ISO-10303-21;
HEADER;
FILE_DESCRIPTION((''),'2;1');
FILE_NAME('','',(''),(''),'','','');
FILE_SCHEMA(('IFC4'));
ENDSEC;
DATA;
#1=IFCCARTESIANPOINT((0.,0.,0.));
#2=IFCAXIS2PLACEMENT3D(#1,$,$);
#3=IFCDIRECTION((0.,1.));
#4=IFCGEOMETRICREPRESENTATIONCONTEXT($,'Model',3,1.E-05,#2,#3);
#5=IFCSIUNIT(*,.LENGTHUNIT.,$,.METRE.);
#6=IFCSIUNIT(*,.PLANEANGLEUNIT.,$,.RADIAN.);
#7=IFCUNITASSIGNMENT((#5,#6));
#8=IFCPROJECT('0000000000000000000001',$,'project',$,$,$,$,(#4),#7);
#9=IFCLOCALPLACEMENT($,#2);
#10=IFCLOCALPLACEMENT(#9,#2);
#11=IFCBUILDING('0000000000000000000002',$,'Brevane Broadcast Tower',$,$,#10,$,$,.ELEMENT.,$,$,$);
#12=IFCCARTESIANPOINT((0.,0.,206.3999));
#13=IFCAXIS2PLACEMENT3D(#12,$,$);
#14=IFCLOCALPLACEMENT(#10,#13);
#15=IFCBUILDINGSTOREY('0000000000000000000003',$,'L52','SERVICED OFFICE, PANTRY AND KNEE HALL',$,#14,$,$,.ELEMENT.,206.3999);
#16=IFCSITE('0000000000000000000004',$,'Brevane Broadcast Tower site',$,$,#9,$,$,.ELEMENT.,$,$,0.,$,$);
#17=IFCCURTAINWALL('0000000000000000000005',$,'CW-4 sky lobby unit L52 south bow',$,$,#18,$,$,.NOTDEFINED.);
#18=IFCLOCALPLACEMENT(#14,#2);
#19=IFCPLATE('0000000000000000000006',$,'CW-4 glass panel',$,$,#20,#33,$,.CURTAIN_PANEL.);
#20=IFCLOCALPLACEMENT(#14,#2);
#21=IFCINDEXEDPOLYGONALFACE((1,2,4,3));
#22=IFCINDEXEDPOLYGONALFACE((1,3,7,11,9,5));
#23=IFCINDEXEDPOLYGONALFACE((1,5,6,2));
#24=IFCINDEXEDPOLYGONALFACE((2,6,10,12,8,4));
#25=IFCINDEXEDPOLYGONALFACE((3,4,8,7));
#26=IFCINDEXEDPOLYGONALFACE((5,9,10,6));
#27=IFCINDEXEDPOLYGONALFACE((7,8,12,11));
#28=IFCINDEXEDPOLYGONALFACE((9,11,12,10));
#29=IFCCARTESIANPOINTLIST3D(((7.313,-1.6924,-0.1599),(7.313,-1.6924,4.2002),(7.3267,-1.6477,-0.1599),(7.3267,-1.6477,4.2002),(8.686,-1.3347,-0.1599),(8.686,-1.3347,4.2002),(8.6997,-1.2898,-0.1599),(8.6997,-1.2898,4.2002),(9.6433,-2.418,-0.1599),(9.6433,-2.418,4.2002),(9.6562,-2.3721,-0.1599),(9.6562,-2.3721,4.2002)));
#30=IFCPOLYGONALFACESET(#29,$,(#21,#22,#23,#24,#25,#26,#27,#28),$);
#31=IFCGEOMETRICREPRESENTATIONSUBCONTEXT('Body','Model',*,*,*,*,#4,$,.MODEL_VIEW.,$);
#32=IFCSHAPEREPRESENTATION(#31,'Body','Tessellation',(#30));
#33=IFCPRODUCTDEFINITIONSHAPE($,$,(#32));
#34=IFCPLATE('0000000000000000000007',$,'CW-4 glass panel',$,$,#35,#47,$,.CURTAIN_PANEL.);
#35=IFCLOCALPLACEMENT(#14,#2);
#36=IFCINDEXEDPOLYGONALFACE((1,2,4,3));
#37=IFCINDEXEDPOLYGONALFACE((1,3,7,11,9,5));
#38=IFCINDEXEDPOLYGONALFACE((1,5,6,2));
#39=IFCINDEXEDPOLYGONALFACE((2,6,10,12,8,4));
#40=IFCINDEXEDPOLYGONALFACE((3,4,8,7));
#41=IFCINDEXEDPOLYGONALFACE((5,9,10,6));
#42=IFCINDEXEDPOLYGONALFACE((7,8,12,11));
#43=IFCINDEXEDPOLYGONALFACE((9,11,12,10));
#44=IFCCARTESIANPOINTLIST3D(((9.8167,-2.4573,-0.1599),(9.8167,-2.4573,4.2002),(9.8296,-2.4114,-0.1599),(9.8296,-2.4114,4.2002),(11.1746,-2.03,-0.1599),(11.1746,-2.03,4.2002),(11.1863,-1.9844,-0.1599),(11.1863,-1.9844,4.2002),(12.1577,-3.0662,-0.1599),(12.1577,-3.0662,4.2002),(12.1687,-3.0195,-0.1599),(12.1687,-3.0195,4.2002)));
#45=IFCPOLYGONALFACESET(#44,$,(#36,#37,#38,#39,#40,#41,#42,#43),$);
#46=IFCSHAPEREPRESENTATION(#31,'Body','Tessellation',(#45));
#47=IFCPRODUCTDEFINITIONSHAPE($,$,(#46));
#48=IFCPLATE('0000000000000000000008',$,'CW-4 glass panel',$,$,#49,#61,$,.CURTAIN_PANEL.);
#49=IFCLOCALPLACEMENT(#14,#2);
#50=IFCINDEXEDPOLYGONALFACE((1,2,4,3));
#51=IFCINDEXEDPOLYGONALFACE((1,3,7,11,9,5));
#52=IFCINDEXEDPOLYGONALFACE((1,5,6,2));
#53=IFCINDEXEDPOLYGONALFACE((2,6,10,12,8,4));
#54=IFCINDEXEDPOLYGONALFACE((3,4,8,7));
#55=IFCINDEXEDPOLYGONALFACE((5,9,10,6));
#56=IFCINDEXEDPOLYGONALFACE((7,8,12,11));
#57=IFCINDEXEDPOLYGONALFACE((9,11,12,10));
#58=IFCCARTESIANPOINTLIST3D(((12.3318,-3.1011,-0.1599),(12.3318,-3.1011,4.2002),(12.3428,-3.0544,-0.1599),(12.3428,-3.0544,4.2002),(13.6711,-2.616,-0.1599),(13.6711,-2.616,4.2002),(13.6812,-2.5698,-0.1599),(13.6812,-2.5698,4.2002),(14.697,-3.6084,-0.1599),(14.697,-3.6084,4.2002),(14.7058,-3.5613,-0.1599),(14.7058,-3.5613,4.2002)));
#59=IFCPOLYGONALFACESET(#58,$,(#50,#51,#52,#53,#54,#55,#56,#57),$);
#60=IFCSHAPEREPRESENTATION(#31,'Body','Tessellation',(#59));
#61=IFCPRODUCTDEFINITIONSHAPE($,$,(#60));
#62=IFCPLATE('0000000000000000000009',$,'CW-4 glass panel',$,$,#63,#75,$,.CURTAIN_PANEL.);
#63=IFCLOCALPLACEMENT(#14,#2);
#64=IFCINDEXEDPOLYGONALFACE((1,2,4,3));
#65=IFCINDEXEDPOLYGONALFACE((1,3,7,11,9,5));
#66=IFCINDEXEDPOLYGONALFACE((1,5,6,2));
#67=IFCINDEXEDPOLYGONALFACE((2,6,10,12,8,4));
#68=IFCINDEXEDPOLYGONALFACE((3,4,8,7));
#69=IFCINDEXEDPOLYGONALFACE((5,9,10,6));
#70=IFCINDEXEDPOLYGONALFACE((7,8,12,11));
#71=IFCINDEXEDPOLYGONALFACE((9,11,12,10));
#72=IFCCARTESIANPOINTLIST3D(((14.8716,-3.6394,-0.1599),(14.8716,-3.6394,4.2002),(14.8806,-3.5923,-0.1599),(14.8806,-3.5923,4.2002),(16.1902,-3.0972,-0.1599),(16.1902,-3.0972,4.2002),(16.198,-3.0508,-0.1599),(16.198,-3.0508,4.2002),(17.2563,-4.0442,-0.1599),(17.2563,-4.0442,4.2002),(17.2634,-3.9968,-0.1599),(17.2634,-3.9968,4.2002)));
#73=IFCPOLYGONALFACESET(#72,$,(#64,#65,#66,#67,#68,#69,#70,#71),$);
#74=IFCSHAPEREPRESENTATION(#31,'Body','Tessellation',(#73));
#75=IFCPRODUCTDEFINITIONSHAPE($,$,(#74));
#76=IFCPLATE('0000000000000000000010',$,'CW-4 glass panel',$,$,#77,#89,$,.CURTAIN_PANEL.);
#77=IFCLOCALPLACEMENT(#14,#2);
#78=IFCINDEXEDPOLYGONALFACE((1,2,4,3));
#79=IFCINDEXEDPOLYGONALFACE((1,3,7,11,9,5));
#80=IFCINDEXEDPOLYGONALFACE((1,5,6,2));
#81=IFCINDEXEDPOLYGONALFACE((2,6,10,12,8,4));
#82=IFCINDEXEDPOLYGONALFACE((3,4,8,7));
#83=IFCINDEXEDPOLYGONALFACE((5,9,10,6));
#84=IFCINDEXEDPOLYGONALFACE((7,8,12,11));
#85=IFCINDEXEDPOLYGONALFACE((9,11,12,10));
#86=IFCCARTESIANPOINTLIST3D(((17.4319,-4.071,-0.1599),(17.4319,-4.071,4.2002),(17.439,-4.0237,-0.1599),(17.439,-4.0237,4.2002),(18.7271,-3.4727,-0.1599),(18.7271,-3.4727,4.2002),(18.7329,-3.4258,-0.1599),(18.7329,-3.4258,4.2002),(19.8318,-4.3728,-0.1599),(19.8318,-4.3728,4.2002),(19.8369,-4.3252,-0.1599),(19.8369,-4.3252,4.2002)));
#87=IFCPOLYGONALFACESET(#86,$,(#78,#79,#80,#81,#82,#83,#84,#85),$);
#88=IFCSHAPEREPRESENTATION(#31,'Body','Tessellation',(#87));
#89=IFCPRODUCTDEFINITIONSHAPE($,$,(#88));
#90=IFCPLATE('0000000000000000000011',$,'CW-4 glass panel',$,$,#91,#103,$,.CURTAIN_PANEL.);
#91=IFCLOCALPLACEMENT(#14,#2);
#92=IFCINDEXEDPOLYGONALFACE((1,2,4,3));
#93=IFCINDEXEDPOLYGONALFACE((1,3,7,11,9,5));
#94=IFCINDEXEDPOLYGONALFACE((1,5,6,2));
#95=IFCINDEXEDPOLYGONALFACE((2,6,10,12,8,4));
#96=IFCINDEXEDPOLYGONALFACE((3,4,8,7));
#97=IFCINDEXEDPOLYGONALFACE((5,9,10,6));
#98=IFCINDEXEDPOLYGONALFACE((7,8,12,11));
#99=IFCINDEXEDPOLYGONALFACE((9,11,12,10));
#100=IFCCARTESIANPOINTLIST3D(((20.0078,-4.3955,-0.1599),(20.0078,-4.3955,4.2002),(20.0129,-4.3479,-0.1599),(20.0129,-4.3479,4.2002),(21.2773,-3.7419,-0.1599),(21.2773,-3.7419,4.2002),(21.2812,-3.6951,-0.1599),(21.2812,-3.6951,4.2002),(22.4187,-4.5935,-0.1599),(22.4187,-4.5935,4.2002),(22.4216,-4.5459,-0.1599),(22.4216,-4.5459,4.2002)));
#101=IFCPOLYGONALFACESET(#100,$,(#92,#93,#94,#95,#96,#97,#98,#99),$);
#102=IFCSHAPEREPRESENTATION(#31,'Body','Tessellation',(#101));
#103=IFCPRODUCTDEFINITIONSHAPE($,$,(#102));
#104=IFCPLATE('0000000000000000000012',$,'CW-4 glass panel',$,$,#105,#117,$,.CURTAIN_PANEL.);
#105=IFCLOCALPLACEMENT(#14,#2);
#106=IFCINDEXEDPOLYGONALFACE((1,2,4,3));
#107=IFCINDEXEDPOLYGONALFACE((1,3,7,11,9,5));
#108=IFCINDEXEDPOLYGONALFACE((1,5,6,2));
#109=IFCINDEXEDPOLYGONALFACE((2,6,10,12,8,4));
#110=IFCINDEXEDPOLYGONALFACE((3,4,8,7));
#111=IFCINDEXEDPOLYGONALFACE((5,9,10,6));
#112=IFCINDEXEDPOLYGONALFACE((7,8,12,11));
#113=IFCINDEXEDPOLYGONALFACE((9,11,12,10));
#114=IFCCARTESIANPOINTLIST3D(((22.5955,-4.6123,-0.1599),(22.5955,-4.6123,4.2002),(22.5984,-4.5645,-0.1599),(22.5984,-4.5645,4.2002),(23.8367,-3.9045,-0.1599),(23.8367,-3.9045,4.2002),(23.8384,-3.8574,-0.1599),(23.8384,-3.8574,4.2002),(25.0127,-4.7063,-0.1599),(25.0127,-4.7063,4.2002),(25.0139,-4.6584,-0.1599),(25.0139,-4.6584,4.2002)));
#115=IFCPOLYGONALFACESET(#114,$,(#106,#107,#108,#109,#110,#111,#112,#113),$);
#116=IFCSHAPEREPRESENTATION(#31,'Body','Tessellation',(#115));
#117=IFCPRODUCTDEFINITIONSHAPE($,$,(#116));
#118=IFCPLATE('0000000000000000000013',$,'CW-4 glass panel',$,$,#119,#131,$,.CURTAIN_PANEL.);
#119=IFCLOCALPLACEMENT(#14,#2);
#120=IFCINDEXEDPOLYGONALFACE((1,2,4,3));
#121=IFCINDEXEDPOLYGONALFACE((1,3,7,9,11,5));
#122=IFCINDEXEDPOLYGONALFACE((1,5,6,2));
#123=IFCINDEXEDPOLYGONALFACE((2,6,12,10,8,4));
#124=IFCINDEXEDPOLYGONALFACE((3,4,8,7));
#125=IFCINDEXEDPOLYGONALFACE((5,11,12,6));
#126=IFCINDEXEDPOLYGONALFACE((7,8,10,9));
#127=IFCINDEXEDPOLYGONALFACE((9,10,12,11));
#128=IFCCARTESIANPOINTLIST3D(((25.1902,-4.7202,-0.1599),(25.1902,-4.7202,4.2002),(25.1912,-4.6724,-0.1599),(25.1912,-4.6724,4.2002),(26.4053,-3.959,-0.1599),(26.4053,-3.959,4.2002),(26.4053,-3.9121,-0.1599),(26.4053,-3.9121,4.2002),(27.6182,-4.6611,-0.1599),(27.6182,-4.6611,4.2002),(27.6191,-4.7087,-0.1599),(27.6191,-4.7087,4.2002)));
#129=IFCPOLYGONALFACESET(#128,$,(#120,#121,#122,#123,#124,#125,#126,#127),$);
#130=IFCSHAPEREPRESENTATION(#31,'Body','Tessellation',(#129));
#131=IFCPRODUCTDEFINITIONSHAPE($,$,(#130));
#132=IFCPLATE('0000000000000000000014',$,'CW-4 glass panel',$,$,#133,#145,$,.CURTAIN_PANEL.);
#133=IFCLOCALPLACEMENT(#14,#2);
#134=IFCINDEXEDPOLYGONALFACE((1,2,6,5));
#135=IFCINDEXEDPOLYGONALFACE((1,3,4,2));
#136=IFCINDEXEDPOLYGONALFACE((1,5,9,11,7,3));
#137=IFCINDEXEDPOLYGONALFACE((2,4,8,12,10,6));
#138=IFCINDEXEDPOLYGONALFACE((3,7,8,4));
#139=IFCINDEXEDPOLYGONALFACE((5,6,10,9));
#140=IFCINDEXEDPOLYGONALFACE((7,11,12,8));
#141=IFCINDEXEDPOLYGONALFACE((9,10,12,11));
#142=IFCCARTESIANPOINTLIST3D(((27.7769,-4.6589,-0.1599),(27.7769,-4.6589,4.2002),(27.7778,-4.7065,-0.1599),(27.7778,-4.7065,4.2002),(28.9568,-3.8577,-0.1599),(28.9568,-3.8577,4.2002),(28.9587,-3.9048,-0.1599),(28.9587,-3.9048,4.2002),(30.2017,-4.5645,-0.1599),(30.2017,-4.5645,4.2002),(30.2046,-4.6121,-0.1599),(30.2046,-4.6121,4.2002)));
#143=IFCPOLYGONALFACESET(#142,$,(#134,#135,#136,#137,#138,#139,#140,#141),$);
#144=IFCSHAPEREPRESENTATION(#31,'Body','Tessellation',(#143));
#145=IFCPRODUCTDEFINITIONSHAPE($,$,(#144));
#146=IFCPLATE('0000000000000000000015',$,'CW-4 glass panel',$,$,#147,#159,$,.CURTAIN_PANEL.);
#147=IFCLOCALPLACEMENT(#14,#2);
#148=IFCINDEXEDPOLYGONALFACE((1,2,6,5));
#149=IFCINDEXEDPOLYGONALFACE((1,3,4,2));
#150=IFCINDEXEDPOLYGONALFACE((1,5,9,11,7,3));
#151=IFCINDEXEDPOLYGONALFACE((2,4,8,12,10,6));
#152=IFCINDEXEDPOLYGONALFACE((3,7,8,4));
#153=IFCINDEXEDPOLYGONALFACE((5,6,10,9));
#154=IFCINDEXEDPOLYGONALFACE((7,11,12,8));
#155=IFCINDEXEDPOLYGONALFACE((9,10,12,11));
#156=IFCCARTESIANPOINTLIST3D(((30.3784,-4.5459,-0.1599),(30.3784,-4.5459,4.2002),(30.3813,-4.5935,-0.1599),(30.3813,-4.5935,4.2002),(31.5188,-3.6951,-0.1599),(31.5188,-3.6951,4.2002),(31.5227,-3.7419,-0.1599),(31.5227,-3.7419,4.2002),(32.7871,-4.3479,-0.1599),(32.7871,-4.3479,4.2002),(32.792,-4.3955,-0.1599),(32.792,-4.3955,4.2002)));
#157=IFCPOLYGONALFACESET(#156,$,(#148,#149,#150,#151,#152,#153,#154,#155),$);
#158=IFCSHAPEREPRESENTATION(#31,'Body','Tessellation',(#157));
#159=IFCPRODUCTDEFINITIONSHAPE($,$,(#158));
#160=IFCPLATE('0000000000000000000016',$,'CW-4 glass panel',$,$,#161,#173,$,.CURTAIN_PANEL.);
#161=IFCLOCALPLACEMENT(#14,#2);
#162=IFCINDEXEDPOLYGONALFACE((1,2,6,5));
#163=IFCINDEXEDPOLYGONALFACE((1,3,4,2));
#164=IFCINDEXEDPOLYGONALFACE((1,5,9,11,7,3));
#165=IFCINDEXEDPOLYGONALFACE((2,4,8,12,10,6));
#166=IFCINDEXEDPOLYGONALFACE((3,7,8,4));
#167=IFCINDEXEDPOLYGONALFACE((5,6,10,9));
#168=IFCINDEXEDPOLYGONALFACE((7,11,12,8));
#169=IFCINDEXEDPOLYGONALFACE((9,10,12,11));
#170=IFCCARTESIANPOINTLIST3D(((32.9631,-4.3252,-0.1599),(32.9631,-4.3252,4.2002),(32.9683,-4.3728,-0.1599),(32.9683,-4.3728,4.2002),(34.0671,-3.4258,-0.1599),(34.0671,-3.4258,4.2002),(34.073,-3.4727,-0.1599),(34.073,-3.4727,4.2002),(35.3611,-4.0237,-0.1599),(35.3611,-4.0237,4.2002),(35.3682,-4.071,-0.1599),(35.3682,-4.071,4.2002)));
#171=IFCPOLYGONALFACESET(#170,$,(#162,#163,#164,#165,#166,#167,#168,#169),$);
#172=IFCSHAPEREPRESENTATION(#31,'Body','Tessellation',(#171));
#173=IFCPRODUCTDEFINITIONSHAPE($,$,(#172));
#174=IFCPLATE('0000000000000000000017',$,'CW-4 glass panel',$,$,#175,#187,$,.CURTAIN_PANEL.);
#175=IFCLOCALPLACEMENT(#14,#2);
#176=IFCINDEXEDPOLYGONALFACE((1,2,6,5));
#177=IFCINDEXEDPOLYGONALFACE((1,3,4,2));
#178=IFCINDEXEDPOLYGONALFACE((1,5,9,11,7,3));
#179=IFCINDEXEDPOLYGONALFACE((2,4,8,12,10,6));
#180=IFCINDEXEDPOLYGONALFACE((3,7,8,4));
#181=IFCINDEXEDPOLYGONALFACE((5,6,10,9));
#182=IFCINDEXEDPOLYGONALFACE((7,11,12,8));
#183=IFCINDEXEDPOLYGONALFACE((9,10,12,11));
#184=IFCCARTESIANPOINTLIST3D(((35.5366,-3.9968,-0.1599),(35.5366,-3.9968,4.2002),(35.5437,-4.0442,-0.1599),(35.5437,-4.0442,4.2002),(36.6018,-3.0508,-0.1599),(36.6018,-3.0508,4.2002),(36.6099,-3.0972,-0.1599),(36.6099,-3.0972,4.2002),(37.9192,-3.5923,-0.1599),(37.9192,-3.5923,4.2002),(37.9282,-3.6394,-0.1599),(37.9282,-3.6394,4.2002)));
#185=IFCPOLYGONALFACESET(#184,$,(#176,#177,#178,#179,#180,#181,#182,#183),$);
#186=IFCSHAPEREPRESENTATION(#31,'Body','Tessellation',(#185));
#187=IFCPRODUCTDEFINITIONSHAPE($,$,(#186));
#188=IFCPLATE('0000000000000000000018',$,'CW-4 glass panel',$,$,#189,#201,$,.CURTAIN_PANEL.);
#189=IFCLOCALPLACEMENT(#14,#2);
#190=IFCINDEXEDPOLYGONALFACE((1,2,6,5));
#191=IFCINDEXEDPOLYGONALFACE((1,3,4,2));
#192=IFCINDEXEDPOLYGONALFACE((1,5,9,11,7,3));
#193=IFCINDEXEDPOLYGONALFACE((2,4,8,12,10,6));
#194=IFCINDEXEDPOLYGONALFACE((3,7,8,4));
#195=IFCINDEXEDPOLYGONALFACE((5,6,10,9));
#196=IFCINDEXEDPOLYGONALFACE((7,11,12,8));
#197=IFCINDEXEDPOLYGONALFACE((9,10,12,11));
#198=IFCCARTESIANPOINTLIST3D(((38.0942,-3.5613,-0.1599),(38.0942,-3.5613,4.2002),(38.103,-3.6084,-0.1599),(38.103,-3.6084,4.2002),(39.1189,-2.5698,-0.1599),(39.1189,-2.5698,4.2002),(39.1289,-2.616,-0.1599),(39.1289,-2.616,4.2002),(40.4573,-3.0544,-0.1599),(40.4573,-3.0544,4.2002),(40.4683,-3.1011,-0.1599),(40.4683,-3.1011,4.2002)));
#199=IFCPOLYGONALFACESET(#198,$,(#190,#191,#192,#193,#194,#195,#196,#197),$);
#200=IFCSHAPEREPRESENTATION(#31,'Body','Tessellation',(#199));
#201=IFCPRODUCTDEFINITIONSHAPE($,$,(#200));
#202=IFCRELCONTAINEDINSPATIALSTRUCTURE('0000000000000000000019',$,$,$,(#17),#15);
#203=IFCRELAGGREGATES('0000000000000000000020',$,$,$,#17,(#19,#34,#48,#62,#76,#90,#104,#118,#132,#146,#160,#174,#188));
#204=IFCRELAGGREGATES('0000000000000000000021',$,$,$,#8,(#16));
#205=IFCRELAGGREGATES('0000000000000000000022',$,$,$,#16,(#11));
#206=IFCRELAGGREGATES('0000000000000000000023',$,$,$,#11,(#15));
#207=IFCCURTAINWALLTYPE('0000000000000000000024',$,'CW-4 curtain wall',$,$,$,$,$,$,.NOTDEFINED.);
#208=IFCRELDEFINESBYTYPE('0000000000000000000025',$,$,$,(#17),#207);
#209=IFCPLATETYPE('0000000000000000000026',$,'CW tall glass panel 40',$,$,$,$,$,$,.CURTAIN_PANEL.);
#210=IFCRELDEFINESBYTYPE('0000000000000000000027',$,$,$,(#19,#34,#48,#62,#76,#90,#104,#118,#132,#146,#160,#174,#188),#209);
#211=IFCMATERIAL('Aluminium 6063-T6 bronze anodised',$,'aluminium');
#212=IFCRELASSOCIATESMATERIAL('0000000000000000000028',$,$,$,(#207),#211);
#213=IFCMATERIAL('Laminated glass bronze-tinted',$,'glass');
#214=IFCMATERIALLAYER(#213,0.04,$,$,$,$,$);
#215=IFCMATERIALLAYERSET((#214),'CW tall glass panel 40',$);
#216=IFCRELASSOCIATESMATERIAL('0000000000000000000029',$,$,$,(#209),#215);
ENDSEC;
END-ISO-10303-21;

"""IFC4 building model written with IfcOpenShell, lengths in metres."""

from ifc_helpers import new_model, si_unit, direction, frame, origin, place, context, subcontext, project, spatial, polyline, outline, extrude, material, layer, layer_set, type_object, element, aggregate, save


model = new_model("IFC4")

# Units and contexts
model_context = context("Model", 3, precision=1e-05, world=origin(), true_north=direction((0.0, 1.0)))
body_context = subcontext(model_context, "Body", "Model", "MODEL_VIEW")
ifc_project = project(units=[si_unit("LENGTHUNIT", "METRE"), si_unit("PLANEANGLEUNIT", "RADIAN")], contexts=[model_context])

# Site, building, storey
site_placement = place(None, origin())
site = spatial("IfcSite", under=ifc_project, at=site_placement, Name="Brevane Broadcast Tower site", CompositionType="ELEMENT", RefElevation=0.0)
building_placement = place(site_placement, origin())
building = spatial("IfcBuilding", under=site, at=building_placement, Name="Brevane Broadcast Tower", CompositionType="ELEMENT")
storey_placement = place(building_placement, frame((0.0, 0.0, 206.3999)))
storey = spatial("IfcBuildingStorey", under=building, at=storey_placement, Name="L52", Description="SERVICED OFFICE, PANTRY AND KNEE HALL", CompositionType="ELEMENT", Elevation=206.3999)

# Curtain wall, plates
ifc_material_1 = material(Name="Aluminium 6063-T6 bronze anodised", Category="aluminium")
curtain_wall_type = type_object("IfcCurtainWallType", Name="CW-4 curtain wall", PredefinedType="NOTDEFINED", material=ifc_material_1)
curtain_wall_1_placement = place(storey_placement, origin())
curtain_wall_1 = element("IfcCurtainWall", 1, at=curtain_wall_1_placement, inside=storey, type_object=curtain_wall_type, Name="CW-4 sky lobby unit L52 south bow", PredefinedType="NOTDEFINED")
ifc_material_2 = material(Name="Laminated glass bronze-tinted", Category="glass")
ifc_layer = layer(ifc_material_2, 0.04)
ifc_layer_set = layer_set([ifc_layer], Name="CW tall glass panel 40")
plate_type = type_object("IfcPlateType", Name="CW tall glass panel 40", PredefinedType="CURTAIN_PANEL", material=ifc_layer_set)
plate_1_placement = place(storey_placement, frame((0.0, 0.0, -0.1599)))
plate_1 = element("IfcPlate", 2, at=plate_1_placement, type_object=plate_type, Name="CW-4 glass panel", PredefinedType="CURTAIN_PANEL", context=body_context, shape_type="SweptSolid", body=[
    extrude(outline(polyline([(7.3267, -1.6477), (7.313, -1.6924), (8.686, -1.3347), (9.6433, -2.418), (9.6562, -2.3721), (8.6997, -1.2898), (7.3267, -1.6477)])), origin(), (0.0, 0.0, 1.0), 4.3601),
])
plate_2_placement = place(storey_placement, frame((0.0, 0.0, -0.1599)))
plate_2 = element("IfcPlate", 3, at=plate_2_placement, type_object=plate_type, Name="CW-4 glass panel", PredefinedType="CURTAIN_PANEL", context=body_context, shape_type="SweptSolid", body=[
    extrude(outline(polyline([(9.8296, -2.4114), (9.8167, -2.4573), (11.1746, -2.03), (12.1577, -3.0662), (12.1687, -3.0195), (11.1863, -1.9844), (9.8296, -2.4114)])), origin(), (0.0, 0.0, 1.0), 4.3601),
])
plate_3_placement = place(storey_placement, frame((0.0, 0.0, -0.1599)))
plate_3 = element("IfcPlate", 4, at=plate_3_placement, type_object=plate_type, Name="CW-4 glass panel", PredefinedType="CURTAIN_PANEL", context=body_context, shape_type="SweptSolid", body=[
    extrude(outline(polyline([(12.3428, -3.0544), (12.3318, -3.1011), (13.6711, -2.616), (14.697, -3.6084), (14.7058, -3.5613), (13.6812, -2.5698), (12.3428, -3.0544)])), origin(), (0.0, 0.0, 1.0), 4.3601),
])
plate_4_placement = place(storey_placement, frame((0.0, 0.0, -0.1599)))
plate_4 = element("IfcPlate", 5, at=plate_4_placement, type_object=plate_type, Name="CW-4 glass panel", PredefinedType="CURTAIN_PANEL", context=body_context, shape_type="SweptSolid", body=[
    extrude(outline(polyline([(14.8806, -3.5923), (14.8716, -3.6394), (16.1902, -3.0972), (17.2563, -4.0442), (17.2634, -3.9968), (16.198, -3.0508), (14.8806, -3.5923)])), origin(), (0.0, 0.0, 1.0), 4.3601),
])
plate_5_placement = place(storey_placement, frame((0.0, 0.0, -0.1599)))
plate_5 = element("IfcPlate", 6, at=plate_5_placement, type_object=plate_type, Name="CW-4 glass panel", PredefinedType="CURTAIN_PANEL", context=body_context, shape_type="SweptSolid", body=[
    extrude(outline(polyline([(17.439, -4.0237), (17.4319, -4.071), (18.7271, -3.4727), (19.8318, -4.3728), (19.8369, -4.3252), (18.7329, -3.4258), (17.439, -4.0237)])), origin(), (0.0, 0.0, 1.0), 4.3601),
])
plate_6_placement = place(storey_placement, frame((0.0, 0.0, -0.1599)))
plate_6 = element("IfcPlate", 7, at=plate_6_placement, type_object=plate_type, Name="CW-4 glass panel", PredefinedType="CURTAIN_PANEL", context=body_context, shape_type="SweptSolid", body=[
    extrude(outline(polyline([(20.0129, -4.3479), (20.0078, -4.3955), (21.2773, -3.7419), (22.4187, -4.5935), (22.4216, -4.5459), (21.2812, -3.6951), (20.0129, -4.3479)])), origin(), (0.0, 0.0, 1.0), 4.3601),
])
plate_7_placement = place(storey_placement, frame((0.0, 0.0, -0.1599)))
plate_7 = element("IfcPlate", 8, at=plate_7_placement, type_object=plate_type, Name="CW-4 glass panel", PredefinedType="CURTAIN_PANEL", context=body_context, shape_type="SweptSolid", body=[
    extrude(outline(polyline([(22.5984, -4.5645), (22.5955, -4.6123), (23.8367, -3.9045), (25.0127, -4.7063), (25.0139, -4.6584), (23.8384, -3.8574), (22.5984, -4.5645)])), origin(), (0.0, 0.0, 1.0), 4.3601),
])
plate_8_placement = place(storey_placement, frame((0.0, 0.0, -0.1599)))
plate_8 = element("IfcPlate", 9, at=plate_8_placement, type_object=plate_type, Name="CW-4 glass panel", PredefinedType="CURTAIN_PANEL", context=body_context, shape_type="SweptSolid", body=[
    extrude(outline(polyline([(25.1912, -4.6724), (25.1902, -4.7202), (26.4053, -3.959), (27.6191, -4.7087), (27.6182, -4.6611), (26.4053, -3.9121), (25.1912, -4.6724)])), origin(), (0.0, 0.0, 1.0), 4.3601),
])
plate_9_placement = place(storey_placement, frame((0.0, 0.0, -0.1599)))
plate_9 = element("IfcPlate", 10, at=plate_9_placement, type_object=plate_type, Name="CW-4 glass panel", PredefinedType="CURTAIN_PANEL", context=body_context, shape_type="SweptSolid", body=[
    extrude(outline(polyline([(27.7769, -4.6589), (27.7778, -4.7065), (28.9587, -3.9048), (30.2046, -4.6121), (30.2017, -4.5645), (28.9568, -3.8577), (27.7769, -4.6589)])), origin(), (0.0, 0.0, 1.0), 4.3601),
])
plate_10_placement = place(storey_placement, frame((0.0, 0.0, -0.1599)))
plate_10 = element("IfcPlate", 11, at=plate_10_placement, type_object=plate_type, Name="CW-4 glass panel", PredefinedType="CURTAIN_PANEL", context=body_context, shape_type="SweptSolid", body=[
    extrude(outline(polyline([(30.3784, -4.5459), (30.3813, -4.5935), (31.5227, -3.7419), (32.792, -4.3955), (32.7871, -4.3479), (31.5188, -3.6951), (30.3784, -4.5459)])), origin(), (0.0, 0.0, 1.0), 4.3601),
])
plate_11_placement = place(storey_placement, frame((0.0, 0.0, -0.1599)))
plate_11 = element("IfcPlate", 12, at=plate_11_placement, type_object=plate_type, Name="CW-4 glass panel", PredefinedType="CURTAIN_PANEL", context=body_context, shape_type="SweptSolid", body=[
    extrude(outline(polyline([(32.9631, -4.3252), (32.9683, -4.3728), (34.073, -3.4727), (35.3682, -4.071), (35.3611, -4.0237), (34.0671, -3.4258), (32.9631, -4.3252)])), origin(), (0.0, 0.0, 1.0), 4.3601),
])
plate_12_placement = place(storey_placement, frame((0.0, 0.0, -0.1599)))
plate_12 = element("IfcPlate", 13, at=plate_12_placement, type_object=plate_type, Name="CW-4 glass panel", PredefinedType="CURTAIN_PANEL", context=body_context, shape_type="SweptSolid", body=[
    extrude(outline(polyline([(35.5366, -3.9968), (35.5437, -4.0442), (36.6099, -3.0972), (37.9282, -3.6394), (37.9192, -3.5923), (36.6018, -3.0508), (35.5366, -3.9968)])), origin(), (0.0, 0.0, 1.0), 4.3601),
])
plate_13_placement = place(storey_placement, frame((0.0, 0.0, -0.1599)))
plate_13 = element("IfcPlate", 14, at=plate_13_placement, type_object=plate_type, Name="CW-4 glass panel", PredefinedType="CURTAIN_PANEL", context=body_context, shape_type="SweptSolid", body=[
    extrude(outline(polyline([(38.0942, -3.5613), (38.103, -3.6084), (39.1289, -2.616), (40.4683, -3.1011), (40.4573, -3.0544), (39.1189, -2.5698), (38.0942, -3.5613)])), origin(), (0.0, 0.0, 1.0), 4.3601),
])
aggregate(curtain_wall_1, [plate_1, plate_2, plate_3, plate_4, plate_5, plate_6, plate_7, plate_8, plate_9, plate_10, plate_11, plate_12, plate_13])

save(model, "model.ifc")
